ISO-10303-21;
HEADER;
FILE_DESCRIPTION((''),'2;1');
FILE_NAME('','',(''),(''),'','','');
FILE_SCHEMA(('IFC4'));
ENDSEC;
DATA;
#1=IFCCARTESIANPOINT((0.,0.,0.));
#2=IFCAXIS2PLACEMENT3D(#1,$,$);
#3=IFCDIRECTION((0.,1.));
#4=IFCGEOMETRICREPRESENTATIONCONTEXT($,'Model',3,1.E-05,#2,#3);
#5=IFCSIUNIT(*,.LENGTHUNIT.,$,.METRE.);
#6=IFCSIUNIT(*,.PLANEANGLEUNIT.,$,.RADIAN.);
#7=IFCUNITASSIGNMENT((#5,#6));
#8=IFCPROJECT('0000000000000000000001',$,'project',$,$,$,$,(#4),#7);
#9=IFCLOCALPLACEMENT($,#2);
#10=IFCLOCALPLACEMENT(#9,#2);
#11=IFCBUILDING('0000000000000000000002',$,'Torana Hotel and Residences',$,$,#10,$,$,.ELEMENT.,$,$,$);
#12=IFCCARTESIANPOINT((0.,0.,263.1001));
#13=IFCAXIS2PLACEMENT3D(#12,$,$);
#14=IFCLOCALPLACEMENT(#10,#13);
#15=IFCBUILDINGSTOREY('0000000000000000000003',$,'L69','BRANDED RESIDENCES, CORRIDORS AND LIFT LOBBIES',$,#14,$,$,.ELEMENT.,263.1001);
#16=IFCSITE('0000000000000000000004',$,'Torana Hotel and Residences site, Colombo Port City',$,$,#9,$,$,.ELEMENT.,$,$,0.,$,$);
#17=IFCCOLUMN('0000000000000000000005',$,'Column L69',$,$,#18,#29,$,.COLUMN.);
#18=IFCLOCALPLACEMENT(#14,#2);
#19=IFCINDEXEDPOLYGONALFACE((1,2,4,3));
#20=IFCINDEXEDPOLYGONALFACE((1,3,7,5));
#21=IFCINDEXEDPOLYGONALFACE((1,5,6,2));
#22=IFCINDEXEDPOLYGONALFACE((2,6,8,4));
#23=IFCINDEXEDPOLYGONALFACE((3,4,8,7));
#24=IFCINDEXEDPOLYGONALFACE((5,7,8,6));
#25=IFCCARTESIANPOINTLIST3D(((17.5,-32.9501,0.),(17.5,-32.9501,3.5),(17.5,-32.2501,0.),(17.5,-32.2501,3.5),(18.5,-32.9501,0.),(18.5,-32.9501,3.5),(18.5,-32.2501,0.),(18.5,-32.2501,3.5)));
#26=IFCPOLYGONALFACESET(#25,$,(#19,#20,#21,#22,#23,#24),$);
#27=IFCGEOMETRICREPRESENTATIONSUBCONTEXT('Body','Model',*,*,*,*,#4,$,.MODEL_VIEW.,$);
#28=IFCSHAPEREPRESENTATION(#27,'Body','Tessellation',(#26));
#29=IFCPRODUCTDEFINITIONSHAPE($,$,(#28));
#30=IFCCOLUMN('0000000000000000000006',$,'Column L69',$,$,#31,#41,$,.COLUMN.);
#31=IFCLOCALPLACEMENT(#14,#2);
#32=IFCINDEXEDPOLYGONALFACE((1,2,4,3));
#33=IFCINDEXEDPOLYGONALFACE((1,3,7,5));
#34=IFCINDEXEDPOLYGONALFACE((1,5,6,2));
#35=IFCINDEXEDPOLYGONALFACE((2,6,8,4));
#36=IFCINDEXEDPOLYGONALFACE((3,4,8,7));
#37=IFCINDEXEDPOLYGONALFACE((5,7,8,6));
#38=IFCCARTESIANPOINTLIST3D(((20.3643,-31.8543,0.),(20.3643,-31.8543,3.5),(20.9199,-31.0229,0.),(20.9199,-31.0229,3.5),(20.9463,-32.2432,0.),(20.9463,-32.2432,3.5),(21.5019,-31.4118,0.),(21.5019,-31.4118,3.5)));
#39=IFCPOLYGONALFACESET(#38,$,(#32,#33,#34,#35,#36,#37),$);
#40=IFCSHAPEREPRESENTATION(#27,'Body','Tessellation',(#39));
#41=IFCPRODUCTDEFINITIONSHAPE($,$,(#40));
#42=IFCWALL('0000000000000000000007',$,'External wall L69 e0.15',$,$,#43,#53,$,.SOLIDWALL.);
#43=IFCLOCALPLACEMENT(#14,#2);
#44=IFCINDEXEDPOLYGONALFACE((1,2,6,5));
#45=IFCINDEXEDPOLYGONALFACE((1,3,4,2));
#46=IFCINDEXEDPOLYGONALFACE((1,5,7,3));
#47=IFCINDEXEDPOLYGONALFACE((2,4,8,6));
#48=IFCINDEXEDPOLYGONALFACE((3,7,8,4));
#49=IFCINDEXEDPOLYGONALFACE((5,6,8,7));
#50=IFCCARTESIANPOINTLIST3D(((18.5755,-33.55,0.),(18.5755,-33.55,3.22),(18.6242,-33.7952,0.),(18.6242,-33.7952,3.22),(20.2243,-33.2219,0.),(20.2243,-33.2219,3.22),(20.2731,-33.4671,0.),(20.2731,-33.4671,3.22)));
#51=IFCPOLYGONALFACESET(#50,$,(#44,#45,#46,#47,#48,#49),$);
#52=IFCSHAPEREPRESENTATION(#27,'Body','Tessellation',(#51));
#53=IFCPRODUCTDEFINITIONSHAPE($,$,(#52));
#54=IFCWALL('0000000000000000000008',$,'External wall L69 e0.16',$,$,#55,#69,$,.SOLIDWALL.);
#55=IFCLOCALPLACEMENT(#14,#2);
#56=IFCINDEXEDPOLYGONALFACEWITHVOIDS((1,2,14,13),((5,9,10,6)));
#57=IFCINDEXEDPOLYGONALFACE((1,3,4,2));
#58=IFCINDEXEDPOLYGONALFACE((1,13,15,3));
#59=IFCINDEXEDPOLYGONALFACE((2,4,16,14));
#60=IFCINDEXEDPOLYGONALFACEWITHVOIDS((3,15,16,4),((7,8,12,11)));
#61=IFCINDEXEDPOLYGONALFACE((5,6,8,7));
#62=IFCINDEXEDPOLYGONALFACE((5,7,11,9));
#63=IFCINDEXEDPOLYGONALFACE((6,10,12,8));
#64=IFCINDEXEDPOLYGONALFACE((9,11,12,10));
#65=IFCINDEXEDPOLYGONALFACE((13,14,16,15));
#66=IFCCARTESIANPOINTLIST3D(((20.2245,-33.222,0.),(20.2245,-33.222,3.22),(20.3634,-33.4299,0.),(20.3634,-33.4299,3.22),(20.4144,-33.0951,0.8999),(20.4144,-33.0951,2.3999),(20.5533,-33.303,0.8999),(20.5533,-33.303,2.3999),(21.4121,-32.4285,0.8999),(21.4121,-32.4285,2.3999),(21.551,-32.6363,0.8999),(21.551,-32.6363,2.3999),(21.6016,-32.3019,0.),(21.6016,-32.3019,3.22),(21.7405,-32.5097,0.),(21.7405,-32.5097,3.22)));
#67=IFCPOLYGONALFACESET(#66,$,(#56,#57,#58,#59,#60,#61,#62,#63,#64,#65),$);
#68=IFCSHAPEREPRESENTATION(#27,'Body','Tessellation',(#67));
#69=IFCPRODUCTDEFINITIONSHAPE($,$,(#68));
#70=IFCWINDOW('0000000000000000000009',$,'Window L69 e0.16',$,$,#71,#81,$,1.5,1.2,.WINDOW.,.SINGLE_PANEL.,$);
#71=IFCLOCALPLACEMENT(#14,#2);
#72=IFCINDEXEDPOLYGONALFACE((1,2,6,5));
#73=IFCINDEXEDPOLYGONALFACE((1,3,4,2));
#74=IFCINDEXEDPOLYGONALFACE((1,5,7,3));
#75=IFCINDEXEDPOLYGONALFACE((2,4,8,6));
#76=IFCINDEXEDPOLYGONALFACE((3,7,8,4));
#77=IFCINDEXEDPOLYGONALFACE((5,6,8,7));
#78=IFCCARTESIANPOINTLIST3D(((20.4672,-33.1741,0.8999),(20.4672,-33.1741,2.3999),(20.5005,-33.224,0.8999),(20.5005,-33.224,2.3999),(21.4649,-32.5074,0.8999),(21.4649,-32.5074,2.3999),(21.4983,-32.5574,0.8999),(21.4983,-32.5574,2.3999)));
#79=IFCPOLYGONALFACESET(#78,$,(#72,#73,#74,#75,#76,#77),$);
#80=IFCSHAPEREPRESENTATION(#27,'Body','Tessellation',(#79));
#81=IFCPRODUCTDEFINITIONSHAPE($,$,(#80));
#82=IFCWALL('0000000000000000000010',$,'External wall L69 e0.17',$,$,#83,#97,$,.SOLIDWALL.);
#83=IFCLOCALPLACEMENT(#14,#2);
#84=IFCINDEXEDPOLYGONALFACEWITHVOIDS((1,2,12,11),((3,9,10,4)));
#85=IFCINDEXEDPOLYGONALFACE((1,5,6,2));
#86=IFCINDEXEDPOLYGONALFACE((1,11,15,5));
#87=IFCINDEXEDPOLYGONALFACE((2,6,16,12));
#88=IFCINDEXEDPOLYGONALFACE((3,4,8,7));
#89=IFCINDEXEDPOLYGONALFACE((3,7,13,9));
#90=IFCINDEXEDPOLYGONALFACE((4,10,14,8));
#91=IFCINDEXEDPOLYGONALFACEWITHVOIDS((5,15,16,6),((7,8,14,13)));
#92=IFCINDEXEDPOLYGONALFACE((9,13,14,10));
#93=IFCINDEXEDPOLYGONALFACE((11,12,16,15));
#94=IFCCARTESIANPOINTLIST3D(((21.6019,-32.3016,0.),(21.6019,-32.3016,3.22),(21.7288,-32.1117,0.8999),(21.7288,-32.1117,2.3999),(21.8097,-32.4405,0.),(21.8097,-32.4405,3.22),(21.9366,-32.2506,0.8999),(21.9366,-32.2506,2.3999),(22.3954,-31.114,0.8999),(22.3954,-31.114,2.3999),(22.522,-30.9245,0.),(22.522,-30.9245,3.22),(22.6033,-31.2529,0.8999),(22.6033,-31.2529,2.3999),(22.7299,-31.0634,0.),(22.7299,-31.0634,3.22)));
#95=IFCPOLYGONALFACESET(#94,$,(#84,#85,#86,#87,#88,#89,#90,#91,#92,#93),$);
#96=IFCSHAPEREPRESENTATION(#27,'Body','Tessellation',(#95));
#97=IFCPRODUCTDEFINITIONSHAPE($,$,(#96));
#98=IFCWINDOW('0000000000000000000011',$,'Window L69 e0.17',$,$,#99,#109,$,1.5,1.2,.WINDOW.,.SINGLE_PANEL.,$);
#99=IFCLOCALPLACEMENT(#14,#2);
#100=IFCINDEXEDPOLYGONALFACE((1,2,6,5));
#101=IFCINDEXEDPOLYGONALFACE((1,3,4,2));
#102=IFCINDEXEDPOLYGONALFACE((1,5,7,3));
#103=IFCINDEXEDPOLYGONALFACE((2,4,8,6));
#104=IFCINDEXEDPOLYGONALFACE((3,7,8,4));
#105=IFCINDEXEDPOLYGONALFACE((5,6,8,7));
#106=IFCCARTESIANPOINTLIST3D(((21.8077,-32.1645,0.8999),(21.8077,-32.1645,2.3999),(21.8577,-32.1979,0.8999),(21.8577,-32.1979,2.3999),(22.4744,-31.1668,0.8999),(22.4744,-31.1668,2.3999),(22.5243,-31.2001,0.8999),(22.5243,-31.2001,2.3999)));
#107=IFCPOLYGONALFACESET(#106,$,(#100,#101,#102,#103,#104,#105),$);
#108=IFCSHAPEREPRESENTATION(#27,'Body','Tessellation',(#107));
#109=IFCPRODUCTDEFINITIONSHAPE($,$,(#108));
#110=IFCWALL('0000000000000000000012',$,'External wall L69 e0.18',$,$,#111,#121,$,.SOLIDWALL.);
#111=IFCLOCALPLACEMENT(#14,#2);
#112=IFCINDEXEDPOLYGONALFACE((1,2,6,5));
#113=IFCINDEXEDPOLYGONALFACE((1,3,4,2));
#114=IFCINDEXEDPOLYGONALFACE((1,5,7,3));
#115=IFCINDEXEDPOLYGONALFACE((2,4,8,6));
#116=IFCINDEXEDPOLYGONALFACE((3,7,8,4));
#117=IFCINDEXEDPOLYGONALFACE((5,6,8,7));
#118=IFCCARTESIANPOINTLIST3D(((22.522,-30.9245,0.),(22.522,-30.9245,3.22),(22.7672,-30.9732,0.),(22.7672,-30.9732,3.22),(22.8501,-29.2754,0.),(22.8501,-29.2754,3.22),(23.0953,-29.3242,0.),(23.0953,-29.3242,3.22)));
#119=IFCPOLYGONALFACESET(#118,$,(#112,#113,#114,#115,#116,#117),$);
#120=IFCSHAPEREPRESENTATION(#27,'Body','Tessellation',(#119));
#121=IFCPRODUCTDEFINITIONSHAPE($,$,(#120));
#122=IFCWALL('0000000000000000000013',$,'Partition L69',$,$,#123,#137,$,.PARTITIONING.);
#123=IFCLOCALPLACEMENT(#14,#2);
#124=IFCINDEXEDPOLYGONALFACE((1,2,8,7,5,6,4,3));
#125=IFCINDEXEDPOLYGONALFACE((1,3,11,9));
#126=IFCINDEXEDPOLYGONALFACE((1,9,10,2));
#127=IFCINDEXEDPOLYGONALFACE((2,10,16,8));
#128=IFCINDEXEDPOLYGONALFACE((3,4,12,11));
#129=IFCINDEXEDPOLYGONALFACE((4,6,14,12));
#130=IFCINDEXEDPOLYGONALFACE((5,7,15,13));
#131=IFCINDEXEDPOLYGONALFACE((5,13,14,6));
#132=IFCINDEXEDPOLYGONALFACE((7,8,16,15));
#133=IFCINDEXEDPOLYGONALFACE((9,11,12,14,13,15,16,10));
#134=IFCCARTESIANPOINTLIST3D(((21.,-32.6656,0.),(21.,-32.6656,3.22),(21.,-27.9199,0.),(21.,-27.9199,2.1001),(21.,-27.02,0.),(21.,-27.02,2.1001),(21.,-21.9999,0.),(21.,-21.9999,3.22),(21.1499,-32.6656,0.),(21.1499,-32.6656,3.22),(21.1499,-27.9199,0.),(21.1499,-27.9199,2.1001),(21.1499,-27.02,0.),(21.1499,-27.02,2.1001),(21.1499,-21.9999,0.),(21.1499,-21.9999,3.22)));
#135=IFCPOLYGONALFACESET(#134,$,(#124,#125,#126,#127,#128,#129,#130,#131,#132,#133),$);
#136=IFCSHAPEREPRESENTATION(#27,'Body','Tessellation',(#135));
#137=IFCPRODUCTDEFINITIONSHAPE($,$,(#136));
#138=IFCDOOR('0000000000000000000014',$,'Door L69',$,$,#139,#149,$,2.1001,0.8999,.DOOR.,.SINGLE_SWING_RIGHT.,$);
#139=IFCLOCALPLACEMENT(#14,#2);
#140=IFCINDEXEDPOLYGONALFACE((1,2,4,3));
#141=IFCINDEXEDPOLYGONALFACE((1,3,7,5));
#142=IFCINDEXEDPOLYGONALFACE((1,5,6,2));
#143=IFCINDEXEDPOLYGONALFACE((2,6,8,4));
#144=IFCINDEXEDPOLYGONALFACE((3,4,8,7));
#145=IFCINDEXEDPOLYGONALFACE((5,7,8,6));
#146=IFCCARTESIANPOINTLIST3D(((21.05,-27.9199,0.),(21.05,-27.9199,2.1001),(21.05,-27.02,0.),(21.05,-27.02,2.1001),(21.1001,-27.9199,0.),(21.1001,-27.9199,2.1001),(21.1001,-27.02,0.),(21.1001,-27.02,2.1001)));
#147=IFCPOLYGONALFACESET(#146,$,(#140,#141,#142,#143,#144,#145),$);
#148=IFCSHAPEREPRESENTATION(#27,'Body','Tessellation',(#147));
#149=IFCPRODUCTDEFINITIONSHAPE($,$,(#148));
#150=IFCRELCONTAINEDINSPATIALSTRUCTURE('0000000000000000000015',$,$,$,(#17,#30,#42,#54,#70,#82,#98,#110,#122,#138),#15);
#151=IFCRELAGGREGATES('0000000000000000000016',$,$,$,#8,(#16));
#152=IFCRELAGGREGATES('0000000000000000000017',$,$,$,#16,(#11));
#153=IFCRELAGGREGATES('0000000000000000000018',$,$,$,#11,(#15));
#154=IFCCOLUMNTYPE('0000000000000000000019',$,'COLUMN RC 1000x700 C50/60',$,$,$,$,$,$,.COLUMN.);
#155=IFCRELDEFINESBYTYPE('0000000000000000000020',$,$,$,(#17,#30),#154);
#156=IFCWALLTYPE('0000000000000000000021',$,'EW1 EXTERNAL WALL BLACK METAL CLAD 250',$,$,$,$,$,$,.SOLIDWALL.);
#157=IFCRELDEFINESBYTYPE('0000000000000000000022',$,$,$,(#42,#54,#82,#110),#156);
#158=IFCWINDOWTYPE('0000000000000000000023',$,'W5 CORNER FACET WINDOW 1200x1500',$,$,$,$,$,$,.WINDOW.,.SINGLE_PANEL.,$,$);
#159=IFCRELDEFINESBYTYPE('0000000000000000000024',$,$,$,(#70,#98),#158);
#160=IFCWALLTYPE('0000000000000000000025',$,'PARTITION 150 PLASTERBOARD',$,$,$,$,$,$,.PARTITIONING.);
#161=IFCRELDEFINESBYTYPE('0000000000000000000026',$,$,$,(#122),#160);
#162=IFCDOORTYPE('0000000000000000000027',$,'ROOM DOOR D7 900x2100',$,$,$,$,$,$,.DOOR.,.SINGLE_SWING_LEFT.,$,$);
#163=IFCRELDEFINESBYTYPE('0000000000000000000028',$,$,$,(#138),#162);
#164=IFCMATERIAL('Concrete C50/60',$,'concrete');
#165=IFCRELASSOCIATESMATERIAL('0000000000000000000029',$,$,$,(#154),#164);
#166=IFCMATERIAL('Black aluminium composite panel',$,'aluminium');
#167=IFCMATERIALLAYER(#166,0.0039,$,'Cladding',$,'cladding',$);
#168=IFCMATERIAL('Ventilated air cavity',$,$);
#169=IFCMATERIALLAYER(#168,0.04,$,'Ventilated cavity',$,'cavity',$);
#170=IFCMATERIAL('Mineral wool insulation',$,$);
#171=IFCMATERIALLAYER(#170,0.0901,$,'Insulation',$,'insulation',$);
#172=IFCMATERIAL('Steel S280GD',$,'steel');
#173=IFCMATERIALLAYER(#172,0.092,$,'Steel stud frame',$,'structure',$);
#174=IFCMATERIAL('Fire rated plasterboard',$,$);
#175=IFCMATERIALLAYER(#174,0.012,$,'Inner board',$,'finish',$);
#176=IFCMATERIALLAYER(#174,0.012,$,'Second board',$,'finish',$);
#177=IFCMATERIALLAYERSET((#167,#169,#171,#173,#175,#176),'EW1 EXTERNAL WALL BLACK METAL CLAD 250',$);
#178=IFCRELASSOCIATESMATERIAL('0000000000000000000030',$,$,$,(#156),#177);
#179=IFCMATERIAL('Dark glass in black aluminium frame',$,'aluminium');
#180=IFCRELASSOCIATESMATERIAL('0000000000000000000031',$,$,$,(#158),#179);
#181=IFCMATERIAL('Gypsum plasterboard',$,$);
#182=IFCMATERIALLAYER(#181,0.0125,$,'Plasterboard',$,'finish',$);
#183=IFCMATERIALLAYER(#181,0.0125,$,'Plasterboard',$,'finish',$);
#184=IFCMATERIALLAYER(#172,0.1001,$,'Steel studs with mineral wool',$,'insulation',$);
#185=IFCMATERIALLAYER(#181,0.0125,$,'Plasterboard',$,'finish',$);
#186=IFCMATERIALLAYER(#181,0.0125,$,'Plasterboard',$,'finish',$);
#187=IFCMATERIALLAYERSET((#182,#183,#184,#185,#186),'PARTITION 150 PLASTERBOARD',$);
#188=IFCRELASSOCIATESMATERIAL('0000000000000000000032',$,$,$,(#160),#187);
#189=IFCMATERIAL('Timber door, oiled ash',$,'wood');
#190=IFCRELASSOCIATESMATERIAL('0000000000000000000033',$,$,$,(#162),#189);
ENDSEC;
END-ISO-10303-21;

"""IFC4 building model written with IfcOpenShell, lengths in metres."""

from ifc_helpers import new_model, si_unit, direction, frame, frame_2d, origin, origin_2d, place, context, subcontext, project, spatial, rectangle, extrude, material, layer, layer_set, material_profile, profile_set, type_object, element, fill, save


model = new_model("IFC4")

# Units and contexts
model_context = context("Model", 3, precision=1e-05, world=origin(), true_north=direction((0.0, 1.0)))
body_context = subcontext(model_context, "Body", "Model", "MODEL_VIEW")
ifc_project = project(units=[si_unit("LENGTHUNIT", "METRE"), si_unit("PLANEANGLEUNIT", "RADIAN")], contexts=[model_context])

# Site, building, storey
site_placement = place(None, origin())
site = spatial("IfcSite", under=ifc_project, at=site_placement, Name="Torana Hotel and Residences site, Colombo Port City", CompositionType="ELEMENT", RefElevation=0.0)
building_placement = place(site_placement, origin())
building = spatial("IfcBuilding", under=site, at=building_placement, Name="Torana Hotel and Residences", CompositionType="ELEMENT")
storey_placement = place(building_placement, frame((0.0, 0.0, 263.1001)))
storey = spatial("IfcBuildingStorey", under=building, at=storey_placement, Name="L69", Description="BRANDED RESIDENCES, CORRIDORS AND LIFT LOBBIES", CompositionType="ELEMENT", Elevation=263.1001)

# Columns
ifc_material_1 = material(Name="Concrete C50/60", Category="concrete")
ifc_material_profile = material_profile(ifc_material_1, rectangle(XDim=1.0, YDim=0.7, at=origin_2d()), Name="RC 1000x700")
ifc_profile_set = profile_set([ifc_material_profile], Name="Concrete C50/60")
column_type = type_object("IfcColumnType", Name="COLUMN RC 1000x700 C50/60", PredefinedType="COLUMN", material=ifc_profile_set)
for number, where, z_axis, x_axis, name in (
    (1, (18.0, -32.6001, 0.0), (0.0, 0.0, 1.0), (1.0, 0.0, 0.0), "Column L69"),
    (2, (20.9331, -31.6331, 0.0), (0.0, 0.0, 1.0), (0.555585, 0.83146, 0.0), "Column L69"),
):
    element("IfcColumn", number, at=place(storey_placement, frame(where, z_axis=z_axis, x_axis=x_axis)), inside=storey, type_object=column_type, Name=name, PredefinedType="COLUMN", context=body_context, shape_type="SweptSolid", body=[
        extrude(rectangle(XDim=1.0, YDim=0.7, at=origin_2d()), origin(), (0.0, 0.0, 1.0), 3.5),
    ])

# Wall
ifc_material_2 = material(Name="Black aluminium composite panel", Category="aluminium")
ifc_layer_1 = layer(ifc_material_2, 0.0039, Name="Cladding", Category="cladding")
ifc_material_3 = material(Name="Ventilated air cavity")
ifc_layer_2 = layer(ifc_material_3, 0.04, Name="Ventilated cavity", Category="cavity")
ifc_material_4 = material(Name="Mineral wool insulation")
ifc_layer_3 = layer(ifc_material_4, 0.0901, Name="Insulation", Category="insulation")
ifc_material_5 = material(Name="Steel S280GD", Category="steel")
ifc_layer_4 = layer(ifc_material_5, 0.092, Name="Steel stud frame", Category="structure")
ifc_material_6 = material(Name="Fire rated plasterboard")
ifc_layer_5 = layer(ifc_material_6, 0.012, Name="Inner board", Category="finish")
ifc_layer_6 = layer(ifc_material_6, 0.012, Name="Second board", Category="finish")
ifc_layer_set_1 = layer_set([ifc_layer_1, ifc_layer_2, ifc_layer_3, ifc_layer_4, ifc_layer_5, ifc_layer_6], Name="EW1 EXTERNAL WALL BLACK METAL CLAD 250")
wall_type_1 = type_object("IfcWallType", Name="EW1 EXTERNAL WALL BLACK METAL CLAD 250", PredefinedType="SOLIDWALL", material=ifc_layer_set_1)
wall_1_placement = place(storey_placement, frame((18.5999, -33.6726, 0.0), z_axis=(0.0, 0.0, 1.0), x_axis=(0.98077, 0.195167, 0.0)))
element("IfcWall", 3, at=wall_1_placement, inside=storey, type_object=wall_type_1, Name="External wall L69 e0.15", PredefinedType="SOLIDWALL", context=body_context, shape_type="SweptSolid", body=[
    extrude(rectangle(XDim=1.6812, YDim=0.25, at=frame_2d((0.8406, 0.0))), origin(), (0.0, 0.0, 1.0), 3.22),
])

# Walls, openings, windows
wall_2_placement = place(storey_placement, frame((20.2939, -33.3259, 0.0), z_axis=(0.0, 0.0, 1.0), x_axis=(0.831483, 0.55555, 0.0)))
wall_2 = element("IfcWall", 4, at=wall_2_placement, inside=storey, type_object=wall_type_1, Name="External wall L69 e0.16", PredefinedType="SOLIDWALL", context=body_context, shape_type="SweptSolid", body=[
    extrude(rectangle(XDim=1.6562, YDim=0.25, at=frame_2d((0.8281, 0.0))), origin(), (0.0, 0.0, 1.0), 3.22),
])
opening_1_placement = place(wall_2_placement, frame((0.2283, 0.0, 0.8999)))
opening_1 = element("IfcOpeningElement", 5, at=opening_1_placement, cuts=wall_2, PredefinedType="OPENING", context=body_context, shape_type="SweptSolid", body=[
    extrude(rectangle(XDim=1.2, YDim=1.5, at=frame_2d((0.6001, 0.75))), frame((0.0, 0.135, 0.0), z_axis=(0.0, -1.0, 0.0), x_axis=(1.0, 0.0, 0.0)), (0.0, 0.0, 1.0), 0.27),
])
ifc_material_7 = material(Name="Dark glass in black aluminium frame", Category="aluminium")
window_type_1 = type_object("IfcWindowType", Name="W5 CORNER FACET WINDOW 1200x1500", PartitioningType="SINGLE_PANEL", PredefinedType="WINDOW", material=ifc_material_7)
window_1_placement = place(opening_1_placement, origin())
window_1 = element("IfcWindow", 6, at=window_1_placement, inside=storey, type_object=window_type_1, Name="Window L69 e0.16", OverallHeight=1.5, OverallWidth=1.2, PartitioningType="SINGLE_PANEL", PredefinedType="WINDOW", context=body_context, shape_type="SweptSolid", body=[
    extrude(rectangle(XDim=1.2, YDim=1.5, at=frame_2d((0.6001, 0.75))), frame((0.0, 0.03, 0.0), z_axis=(0.0, -1.0, 0.0), x_axis=(1.0, 0.0, 0.0)), (0.0, 0.0, 1.0), 0.0601),
])
fill(opening_1, window_1)
wall_3_placement = place(storey_placement, frame((21.7058, -32.3711, 0.0), z_axis=(0.0, 0.0, 1.0), x_axis=(0.55555, 0.831483, 0.0)))
wall_3 = element("IfcWall", 7, at=wall_3_placement, inside=storey, type_object=wall_type_1, Name="External wall L69 e0.17", PredefinedType="SOLIDWALL", context=body_context, shape_type="SweptSolid", body=[
    extrude(rectangle(XDim=1.6562, YDim=0.25, at=frame_2d((0.8281, 0.0))), origin(), (0.0, 0.0, 1.0), 3.22),
])
opening_2_placement = place(wall_3_placement, frame((0.2283, 0.0, 0.8999)))
opening_2 = element("IfcOpeningElement", 8, at=opening_2_placement, cuts=wall_3, PredefinedType="OPENING", context=body_context, shape_type="SweptSolid", body=[
    extrude(rectangle(XDim=1.2, YDim=1.5, at=frame_2d((0.6001, 0.75))), frame((0.0, 0.135, 0.0), z_axis=(0.0, -1.0, 0.0), x_axis=(1.0, 0.0, 0.0)), (0.0, 0.0, 1.0), 0.27),
])
window_2_placement = place(opening_2_placement, origin())
window_2 = element("IfcWindow", 9, at=window_2_placement, inside=storey, type_object=window_type_1, Name="Window L69 e0.17", OverallHeight=1.5, OverallWidth=1.2, PartitioningType="SINGLE_PANEL", PredefinedType="WINDOW", context=body_context, shape_type="SweptSolid", body=[
    extrude(rectangle(XDim=1.2, YDim=1.5, at=frame_2d((0.6001, 0.75))), frame((0.0, 0.03, 0.0), z_axis=(0.0, -1.0, 0.0), x_axis=(1.0, 0.0, 0.0)), (0.0, 0.0, 1.0), 0.0601),
])
fill(opening_2, window_2)

# Wall
wall_4_placement = place(storey_placement, frame((22.6445, -30.949, 0.0), z_axis=(0.0, 0.0, 1.0), x_axis=(0.195139, 0.980776, 0.0)))
element("IfcWall", 10, at=wall_4_placement, inside=storey, type_object=wall_type_1, Name="External wall L69 e0.18", PredefinedType="SOLIDWALL", context=body_context, shape_type="SweptSolid", body=[
    extrude(rectangle(XDim=1.6814, YDim=0.25, at=frame_2d((0.8408, 0.0))), origin(), (0.0, 0.0, 1.0), 3.22),
])

# Wall, opening, door
ifc_material_8 = material(Name="Gypsum plasterboard")
ifc_layer_7 = layer(ifc_material_8, 0.0125, Name="Plasterboard", Category="finish")
ifc_layer_8 = layer(ifc_material_8, 0.0125, Name="Plasterboard", Category="finish")
ifc_layer_9 = layer(ifc_material_5, 0.1001, Name="Steel studs with mineral wool", Category="insulation")
ifc_layer_10 = layer(ifc_material_8, 0.0125, Name="Plasterboard", Category="finish")
ifc_layer_11 = layer(ifc_material_8, 0.0125, Name="Plasterboard", Category="finish")
ifc_layer_set_2 = layer_set([ifc_layer_7, ifc_layer_8, ifc_layer_9, ifc_layer_10, ifc_layer_11], Name="PARTITION 150 PLASTERBOARD")
wall_type_2 = type_object("IfcWallType", Name="PARTITION 150 PLASTERBOARD", PredefinedType="PARTITIONING", material=ifc_layer_set_2)
wall_5_placement = place(storey_placement, frame((21.075, -32.6658, 0.0), z_axis=(0.0, 0.0, 1.0), x_axis=(0.0, 1.0, 0.0)))
wall_5 = element("IfcWall", 11, at=wall_5_placement, inside=storey, type_object=wall_type_2, Name="Partition L69", PredefinedType="PARTITIONING", context=body_context, shape_type="SweptSolid", body=[
    extrude(rectangle(XDim=10.6658, YDim=0.1499, at=frame_2d((5.333, 0.0))), origin(), (0.0, 0.0, 1.0), 3.22),
])
opening_3_placement = place(wall_5_placement, frame((4.7458, 0.0, 0.0)))
opening_3 = element("IfcOpeningElement", 12, at=opening_3_placement, cuts=wall_5, PredefinedType="OPENING", context=body_context, shape_type="SweptSolid", body=[
    extrude(rectangle(XDim=0.8999, YDim=2.1001, at=frame_2d((0.45, 1.05))), frame((0.0, 0.085, 0.0), z_axis=(0.0, -1.0, 0.0), x_axis=(1.0, 0.0, 0.0)), (0.0, 0.0, 1.0), 0.1699),
])
ifc_material_9 = material(Name="Timber door, oiled ash", Category="wood")
door_type_1 = type_object("IfcDoorType", Name="ROOM DOOR D7 900x2100", OperationType="SINGLE_SWING_LEFT", PredefinedType="DOOR", material=ifc_material_9)
door_1_placement = place(opening_3_placement, origin())
door_1 = element("IfcDoor", 13, at=door_1_placement, inside=storey, type_object=door_type_1, Name="Door L69", OperationType="SINGLE_SWING_RIGHT", OverallHeight=2.1001, OverallWidth=0.8999, PredefinedType="DOOR", context=body_context, shape_type="SweptSolid", body=[
    extrude(rectangle(XDim=0.8999, YDim=2.1001, at=frame_2d((0.45, 1.05))), frame((0.0, 0.0249, 0.0), z_axis=(0.0, -1.0, 0.0), x_axis=(1.0, 0.0, 0.0)), (0.0, 0.0, 1.0), 0.05),
])
fill(opening_3, door_1)

save(model, "model.ifc")
